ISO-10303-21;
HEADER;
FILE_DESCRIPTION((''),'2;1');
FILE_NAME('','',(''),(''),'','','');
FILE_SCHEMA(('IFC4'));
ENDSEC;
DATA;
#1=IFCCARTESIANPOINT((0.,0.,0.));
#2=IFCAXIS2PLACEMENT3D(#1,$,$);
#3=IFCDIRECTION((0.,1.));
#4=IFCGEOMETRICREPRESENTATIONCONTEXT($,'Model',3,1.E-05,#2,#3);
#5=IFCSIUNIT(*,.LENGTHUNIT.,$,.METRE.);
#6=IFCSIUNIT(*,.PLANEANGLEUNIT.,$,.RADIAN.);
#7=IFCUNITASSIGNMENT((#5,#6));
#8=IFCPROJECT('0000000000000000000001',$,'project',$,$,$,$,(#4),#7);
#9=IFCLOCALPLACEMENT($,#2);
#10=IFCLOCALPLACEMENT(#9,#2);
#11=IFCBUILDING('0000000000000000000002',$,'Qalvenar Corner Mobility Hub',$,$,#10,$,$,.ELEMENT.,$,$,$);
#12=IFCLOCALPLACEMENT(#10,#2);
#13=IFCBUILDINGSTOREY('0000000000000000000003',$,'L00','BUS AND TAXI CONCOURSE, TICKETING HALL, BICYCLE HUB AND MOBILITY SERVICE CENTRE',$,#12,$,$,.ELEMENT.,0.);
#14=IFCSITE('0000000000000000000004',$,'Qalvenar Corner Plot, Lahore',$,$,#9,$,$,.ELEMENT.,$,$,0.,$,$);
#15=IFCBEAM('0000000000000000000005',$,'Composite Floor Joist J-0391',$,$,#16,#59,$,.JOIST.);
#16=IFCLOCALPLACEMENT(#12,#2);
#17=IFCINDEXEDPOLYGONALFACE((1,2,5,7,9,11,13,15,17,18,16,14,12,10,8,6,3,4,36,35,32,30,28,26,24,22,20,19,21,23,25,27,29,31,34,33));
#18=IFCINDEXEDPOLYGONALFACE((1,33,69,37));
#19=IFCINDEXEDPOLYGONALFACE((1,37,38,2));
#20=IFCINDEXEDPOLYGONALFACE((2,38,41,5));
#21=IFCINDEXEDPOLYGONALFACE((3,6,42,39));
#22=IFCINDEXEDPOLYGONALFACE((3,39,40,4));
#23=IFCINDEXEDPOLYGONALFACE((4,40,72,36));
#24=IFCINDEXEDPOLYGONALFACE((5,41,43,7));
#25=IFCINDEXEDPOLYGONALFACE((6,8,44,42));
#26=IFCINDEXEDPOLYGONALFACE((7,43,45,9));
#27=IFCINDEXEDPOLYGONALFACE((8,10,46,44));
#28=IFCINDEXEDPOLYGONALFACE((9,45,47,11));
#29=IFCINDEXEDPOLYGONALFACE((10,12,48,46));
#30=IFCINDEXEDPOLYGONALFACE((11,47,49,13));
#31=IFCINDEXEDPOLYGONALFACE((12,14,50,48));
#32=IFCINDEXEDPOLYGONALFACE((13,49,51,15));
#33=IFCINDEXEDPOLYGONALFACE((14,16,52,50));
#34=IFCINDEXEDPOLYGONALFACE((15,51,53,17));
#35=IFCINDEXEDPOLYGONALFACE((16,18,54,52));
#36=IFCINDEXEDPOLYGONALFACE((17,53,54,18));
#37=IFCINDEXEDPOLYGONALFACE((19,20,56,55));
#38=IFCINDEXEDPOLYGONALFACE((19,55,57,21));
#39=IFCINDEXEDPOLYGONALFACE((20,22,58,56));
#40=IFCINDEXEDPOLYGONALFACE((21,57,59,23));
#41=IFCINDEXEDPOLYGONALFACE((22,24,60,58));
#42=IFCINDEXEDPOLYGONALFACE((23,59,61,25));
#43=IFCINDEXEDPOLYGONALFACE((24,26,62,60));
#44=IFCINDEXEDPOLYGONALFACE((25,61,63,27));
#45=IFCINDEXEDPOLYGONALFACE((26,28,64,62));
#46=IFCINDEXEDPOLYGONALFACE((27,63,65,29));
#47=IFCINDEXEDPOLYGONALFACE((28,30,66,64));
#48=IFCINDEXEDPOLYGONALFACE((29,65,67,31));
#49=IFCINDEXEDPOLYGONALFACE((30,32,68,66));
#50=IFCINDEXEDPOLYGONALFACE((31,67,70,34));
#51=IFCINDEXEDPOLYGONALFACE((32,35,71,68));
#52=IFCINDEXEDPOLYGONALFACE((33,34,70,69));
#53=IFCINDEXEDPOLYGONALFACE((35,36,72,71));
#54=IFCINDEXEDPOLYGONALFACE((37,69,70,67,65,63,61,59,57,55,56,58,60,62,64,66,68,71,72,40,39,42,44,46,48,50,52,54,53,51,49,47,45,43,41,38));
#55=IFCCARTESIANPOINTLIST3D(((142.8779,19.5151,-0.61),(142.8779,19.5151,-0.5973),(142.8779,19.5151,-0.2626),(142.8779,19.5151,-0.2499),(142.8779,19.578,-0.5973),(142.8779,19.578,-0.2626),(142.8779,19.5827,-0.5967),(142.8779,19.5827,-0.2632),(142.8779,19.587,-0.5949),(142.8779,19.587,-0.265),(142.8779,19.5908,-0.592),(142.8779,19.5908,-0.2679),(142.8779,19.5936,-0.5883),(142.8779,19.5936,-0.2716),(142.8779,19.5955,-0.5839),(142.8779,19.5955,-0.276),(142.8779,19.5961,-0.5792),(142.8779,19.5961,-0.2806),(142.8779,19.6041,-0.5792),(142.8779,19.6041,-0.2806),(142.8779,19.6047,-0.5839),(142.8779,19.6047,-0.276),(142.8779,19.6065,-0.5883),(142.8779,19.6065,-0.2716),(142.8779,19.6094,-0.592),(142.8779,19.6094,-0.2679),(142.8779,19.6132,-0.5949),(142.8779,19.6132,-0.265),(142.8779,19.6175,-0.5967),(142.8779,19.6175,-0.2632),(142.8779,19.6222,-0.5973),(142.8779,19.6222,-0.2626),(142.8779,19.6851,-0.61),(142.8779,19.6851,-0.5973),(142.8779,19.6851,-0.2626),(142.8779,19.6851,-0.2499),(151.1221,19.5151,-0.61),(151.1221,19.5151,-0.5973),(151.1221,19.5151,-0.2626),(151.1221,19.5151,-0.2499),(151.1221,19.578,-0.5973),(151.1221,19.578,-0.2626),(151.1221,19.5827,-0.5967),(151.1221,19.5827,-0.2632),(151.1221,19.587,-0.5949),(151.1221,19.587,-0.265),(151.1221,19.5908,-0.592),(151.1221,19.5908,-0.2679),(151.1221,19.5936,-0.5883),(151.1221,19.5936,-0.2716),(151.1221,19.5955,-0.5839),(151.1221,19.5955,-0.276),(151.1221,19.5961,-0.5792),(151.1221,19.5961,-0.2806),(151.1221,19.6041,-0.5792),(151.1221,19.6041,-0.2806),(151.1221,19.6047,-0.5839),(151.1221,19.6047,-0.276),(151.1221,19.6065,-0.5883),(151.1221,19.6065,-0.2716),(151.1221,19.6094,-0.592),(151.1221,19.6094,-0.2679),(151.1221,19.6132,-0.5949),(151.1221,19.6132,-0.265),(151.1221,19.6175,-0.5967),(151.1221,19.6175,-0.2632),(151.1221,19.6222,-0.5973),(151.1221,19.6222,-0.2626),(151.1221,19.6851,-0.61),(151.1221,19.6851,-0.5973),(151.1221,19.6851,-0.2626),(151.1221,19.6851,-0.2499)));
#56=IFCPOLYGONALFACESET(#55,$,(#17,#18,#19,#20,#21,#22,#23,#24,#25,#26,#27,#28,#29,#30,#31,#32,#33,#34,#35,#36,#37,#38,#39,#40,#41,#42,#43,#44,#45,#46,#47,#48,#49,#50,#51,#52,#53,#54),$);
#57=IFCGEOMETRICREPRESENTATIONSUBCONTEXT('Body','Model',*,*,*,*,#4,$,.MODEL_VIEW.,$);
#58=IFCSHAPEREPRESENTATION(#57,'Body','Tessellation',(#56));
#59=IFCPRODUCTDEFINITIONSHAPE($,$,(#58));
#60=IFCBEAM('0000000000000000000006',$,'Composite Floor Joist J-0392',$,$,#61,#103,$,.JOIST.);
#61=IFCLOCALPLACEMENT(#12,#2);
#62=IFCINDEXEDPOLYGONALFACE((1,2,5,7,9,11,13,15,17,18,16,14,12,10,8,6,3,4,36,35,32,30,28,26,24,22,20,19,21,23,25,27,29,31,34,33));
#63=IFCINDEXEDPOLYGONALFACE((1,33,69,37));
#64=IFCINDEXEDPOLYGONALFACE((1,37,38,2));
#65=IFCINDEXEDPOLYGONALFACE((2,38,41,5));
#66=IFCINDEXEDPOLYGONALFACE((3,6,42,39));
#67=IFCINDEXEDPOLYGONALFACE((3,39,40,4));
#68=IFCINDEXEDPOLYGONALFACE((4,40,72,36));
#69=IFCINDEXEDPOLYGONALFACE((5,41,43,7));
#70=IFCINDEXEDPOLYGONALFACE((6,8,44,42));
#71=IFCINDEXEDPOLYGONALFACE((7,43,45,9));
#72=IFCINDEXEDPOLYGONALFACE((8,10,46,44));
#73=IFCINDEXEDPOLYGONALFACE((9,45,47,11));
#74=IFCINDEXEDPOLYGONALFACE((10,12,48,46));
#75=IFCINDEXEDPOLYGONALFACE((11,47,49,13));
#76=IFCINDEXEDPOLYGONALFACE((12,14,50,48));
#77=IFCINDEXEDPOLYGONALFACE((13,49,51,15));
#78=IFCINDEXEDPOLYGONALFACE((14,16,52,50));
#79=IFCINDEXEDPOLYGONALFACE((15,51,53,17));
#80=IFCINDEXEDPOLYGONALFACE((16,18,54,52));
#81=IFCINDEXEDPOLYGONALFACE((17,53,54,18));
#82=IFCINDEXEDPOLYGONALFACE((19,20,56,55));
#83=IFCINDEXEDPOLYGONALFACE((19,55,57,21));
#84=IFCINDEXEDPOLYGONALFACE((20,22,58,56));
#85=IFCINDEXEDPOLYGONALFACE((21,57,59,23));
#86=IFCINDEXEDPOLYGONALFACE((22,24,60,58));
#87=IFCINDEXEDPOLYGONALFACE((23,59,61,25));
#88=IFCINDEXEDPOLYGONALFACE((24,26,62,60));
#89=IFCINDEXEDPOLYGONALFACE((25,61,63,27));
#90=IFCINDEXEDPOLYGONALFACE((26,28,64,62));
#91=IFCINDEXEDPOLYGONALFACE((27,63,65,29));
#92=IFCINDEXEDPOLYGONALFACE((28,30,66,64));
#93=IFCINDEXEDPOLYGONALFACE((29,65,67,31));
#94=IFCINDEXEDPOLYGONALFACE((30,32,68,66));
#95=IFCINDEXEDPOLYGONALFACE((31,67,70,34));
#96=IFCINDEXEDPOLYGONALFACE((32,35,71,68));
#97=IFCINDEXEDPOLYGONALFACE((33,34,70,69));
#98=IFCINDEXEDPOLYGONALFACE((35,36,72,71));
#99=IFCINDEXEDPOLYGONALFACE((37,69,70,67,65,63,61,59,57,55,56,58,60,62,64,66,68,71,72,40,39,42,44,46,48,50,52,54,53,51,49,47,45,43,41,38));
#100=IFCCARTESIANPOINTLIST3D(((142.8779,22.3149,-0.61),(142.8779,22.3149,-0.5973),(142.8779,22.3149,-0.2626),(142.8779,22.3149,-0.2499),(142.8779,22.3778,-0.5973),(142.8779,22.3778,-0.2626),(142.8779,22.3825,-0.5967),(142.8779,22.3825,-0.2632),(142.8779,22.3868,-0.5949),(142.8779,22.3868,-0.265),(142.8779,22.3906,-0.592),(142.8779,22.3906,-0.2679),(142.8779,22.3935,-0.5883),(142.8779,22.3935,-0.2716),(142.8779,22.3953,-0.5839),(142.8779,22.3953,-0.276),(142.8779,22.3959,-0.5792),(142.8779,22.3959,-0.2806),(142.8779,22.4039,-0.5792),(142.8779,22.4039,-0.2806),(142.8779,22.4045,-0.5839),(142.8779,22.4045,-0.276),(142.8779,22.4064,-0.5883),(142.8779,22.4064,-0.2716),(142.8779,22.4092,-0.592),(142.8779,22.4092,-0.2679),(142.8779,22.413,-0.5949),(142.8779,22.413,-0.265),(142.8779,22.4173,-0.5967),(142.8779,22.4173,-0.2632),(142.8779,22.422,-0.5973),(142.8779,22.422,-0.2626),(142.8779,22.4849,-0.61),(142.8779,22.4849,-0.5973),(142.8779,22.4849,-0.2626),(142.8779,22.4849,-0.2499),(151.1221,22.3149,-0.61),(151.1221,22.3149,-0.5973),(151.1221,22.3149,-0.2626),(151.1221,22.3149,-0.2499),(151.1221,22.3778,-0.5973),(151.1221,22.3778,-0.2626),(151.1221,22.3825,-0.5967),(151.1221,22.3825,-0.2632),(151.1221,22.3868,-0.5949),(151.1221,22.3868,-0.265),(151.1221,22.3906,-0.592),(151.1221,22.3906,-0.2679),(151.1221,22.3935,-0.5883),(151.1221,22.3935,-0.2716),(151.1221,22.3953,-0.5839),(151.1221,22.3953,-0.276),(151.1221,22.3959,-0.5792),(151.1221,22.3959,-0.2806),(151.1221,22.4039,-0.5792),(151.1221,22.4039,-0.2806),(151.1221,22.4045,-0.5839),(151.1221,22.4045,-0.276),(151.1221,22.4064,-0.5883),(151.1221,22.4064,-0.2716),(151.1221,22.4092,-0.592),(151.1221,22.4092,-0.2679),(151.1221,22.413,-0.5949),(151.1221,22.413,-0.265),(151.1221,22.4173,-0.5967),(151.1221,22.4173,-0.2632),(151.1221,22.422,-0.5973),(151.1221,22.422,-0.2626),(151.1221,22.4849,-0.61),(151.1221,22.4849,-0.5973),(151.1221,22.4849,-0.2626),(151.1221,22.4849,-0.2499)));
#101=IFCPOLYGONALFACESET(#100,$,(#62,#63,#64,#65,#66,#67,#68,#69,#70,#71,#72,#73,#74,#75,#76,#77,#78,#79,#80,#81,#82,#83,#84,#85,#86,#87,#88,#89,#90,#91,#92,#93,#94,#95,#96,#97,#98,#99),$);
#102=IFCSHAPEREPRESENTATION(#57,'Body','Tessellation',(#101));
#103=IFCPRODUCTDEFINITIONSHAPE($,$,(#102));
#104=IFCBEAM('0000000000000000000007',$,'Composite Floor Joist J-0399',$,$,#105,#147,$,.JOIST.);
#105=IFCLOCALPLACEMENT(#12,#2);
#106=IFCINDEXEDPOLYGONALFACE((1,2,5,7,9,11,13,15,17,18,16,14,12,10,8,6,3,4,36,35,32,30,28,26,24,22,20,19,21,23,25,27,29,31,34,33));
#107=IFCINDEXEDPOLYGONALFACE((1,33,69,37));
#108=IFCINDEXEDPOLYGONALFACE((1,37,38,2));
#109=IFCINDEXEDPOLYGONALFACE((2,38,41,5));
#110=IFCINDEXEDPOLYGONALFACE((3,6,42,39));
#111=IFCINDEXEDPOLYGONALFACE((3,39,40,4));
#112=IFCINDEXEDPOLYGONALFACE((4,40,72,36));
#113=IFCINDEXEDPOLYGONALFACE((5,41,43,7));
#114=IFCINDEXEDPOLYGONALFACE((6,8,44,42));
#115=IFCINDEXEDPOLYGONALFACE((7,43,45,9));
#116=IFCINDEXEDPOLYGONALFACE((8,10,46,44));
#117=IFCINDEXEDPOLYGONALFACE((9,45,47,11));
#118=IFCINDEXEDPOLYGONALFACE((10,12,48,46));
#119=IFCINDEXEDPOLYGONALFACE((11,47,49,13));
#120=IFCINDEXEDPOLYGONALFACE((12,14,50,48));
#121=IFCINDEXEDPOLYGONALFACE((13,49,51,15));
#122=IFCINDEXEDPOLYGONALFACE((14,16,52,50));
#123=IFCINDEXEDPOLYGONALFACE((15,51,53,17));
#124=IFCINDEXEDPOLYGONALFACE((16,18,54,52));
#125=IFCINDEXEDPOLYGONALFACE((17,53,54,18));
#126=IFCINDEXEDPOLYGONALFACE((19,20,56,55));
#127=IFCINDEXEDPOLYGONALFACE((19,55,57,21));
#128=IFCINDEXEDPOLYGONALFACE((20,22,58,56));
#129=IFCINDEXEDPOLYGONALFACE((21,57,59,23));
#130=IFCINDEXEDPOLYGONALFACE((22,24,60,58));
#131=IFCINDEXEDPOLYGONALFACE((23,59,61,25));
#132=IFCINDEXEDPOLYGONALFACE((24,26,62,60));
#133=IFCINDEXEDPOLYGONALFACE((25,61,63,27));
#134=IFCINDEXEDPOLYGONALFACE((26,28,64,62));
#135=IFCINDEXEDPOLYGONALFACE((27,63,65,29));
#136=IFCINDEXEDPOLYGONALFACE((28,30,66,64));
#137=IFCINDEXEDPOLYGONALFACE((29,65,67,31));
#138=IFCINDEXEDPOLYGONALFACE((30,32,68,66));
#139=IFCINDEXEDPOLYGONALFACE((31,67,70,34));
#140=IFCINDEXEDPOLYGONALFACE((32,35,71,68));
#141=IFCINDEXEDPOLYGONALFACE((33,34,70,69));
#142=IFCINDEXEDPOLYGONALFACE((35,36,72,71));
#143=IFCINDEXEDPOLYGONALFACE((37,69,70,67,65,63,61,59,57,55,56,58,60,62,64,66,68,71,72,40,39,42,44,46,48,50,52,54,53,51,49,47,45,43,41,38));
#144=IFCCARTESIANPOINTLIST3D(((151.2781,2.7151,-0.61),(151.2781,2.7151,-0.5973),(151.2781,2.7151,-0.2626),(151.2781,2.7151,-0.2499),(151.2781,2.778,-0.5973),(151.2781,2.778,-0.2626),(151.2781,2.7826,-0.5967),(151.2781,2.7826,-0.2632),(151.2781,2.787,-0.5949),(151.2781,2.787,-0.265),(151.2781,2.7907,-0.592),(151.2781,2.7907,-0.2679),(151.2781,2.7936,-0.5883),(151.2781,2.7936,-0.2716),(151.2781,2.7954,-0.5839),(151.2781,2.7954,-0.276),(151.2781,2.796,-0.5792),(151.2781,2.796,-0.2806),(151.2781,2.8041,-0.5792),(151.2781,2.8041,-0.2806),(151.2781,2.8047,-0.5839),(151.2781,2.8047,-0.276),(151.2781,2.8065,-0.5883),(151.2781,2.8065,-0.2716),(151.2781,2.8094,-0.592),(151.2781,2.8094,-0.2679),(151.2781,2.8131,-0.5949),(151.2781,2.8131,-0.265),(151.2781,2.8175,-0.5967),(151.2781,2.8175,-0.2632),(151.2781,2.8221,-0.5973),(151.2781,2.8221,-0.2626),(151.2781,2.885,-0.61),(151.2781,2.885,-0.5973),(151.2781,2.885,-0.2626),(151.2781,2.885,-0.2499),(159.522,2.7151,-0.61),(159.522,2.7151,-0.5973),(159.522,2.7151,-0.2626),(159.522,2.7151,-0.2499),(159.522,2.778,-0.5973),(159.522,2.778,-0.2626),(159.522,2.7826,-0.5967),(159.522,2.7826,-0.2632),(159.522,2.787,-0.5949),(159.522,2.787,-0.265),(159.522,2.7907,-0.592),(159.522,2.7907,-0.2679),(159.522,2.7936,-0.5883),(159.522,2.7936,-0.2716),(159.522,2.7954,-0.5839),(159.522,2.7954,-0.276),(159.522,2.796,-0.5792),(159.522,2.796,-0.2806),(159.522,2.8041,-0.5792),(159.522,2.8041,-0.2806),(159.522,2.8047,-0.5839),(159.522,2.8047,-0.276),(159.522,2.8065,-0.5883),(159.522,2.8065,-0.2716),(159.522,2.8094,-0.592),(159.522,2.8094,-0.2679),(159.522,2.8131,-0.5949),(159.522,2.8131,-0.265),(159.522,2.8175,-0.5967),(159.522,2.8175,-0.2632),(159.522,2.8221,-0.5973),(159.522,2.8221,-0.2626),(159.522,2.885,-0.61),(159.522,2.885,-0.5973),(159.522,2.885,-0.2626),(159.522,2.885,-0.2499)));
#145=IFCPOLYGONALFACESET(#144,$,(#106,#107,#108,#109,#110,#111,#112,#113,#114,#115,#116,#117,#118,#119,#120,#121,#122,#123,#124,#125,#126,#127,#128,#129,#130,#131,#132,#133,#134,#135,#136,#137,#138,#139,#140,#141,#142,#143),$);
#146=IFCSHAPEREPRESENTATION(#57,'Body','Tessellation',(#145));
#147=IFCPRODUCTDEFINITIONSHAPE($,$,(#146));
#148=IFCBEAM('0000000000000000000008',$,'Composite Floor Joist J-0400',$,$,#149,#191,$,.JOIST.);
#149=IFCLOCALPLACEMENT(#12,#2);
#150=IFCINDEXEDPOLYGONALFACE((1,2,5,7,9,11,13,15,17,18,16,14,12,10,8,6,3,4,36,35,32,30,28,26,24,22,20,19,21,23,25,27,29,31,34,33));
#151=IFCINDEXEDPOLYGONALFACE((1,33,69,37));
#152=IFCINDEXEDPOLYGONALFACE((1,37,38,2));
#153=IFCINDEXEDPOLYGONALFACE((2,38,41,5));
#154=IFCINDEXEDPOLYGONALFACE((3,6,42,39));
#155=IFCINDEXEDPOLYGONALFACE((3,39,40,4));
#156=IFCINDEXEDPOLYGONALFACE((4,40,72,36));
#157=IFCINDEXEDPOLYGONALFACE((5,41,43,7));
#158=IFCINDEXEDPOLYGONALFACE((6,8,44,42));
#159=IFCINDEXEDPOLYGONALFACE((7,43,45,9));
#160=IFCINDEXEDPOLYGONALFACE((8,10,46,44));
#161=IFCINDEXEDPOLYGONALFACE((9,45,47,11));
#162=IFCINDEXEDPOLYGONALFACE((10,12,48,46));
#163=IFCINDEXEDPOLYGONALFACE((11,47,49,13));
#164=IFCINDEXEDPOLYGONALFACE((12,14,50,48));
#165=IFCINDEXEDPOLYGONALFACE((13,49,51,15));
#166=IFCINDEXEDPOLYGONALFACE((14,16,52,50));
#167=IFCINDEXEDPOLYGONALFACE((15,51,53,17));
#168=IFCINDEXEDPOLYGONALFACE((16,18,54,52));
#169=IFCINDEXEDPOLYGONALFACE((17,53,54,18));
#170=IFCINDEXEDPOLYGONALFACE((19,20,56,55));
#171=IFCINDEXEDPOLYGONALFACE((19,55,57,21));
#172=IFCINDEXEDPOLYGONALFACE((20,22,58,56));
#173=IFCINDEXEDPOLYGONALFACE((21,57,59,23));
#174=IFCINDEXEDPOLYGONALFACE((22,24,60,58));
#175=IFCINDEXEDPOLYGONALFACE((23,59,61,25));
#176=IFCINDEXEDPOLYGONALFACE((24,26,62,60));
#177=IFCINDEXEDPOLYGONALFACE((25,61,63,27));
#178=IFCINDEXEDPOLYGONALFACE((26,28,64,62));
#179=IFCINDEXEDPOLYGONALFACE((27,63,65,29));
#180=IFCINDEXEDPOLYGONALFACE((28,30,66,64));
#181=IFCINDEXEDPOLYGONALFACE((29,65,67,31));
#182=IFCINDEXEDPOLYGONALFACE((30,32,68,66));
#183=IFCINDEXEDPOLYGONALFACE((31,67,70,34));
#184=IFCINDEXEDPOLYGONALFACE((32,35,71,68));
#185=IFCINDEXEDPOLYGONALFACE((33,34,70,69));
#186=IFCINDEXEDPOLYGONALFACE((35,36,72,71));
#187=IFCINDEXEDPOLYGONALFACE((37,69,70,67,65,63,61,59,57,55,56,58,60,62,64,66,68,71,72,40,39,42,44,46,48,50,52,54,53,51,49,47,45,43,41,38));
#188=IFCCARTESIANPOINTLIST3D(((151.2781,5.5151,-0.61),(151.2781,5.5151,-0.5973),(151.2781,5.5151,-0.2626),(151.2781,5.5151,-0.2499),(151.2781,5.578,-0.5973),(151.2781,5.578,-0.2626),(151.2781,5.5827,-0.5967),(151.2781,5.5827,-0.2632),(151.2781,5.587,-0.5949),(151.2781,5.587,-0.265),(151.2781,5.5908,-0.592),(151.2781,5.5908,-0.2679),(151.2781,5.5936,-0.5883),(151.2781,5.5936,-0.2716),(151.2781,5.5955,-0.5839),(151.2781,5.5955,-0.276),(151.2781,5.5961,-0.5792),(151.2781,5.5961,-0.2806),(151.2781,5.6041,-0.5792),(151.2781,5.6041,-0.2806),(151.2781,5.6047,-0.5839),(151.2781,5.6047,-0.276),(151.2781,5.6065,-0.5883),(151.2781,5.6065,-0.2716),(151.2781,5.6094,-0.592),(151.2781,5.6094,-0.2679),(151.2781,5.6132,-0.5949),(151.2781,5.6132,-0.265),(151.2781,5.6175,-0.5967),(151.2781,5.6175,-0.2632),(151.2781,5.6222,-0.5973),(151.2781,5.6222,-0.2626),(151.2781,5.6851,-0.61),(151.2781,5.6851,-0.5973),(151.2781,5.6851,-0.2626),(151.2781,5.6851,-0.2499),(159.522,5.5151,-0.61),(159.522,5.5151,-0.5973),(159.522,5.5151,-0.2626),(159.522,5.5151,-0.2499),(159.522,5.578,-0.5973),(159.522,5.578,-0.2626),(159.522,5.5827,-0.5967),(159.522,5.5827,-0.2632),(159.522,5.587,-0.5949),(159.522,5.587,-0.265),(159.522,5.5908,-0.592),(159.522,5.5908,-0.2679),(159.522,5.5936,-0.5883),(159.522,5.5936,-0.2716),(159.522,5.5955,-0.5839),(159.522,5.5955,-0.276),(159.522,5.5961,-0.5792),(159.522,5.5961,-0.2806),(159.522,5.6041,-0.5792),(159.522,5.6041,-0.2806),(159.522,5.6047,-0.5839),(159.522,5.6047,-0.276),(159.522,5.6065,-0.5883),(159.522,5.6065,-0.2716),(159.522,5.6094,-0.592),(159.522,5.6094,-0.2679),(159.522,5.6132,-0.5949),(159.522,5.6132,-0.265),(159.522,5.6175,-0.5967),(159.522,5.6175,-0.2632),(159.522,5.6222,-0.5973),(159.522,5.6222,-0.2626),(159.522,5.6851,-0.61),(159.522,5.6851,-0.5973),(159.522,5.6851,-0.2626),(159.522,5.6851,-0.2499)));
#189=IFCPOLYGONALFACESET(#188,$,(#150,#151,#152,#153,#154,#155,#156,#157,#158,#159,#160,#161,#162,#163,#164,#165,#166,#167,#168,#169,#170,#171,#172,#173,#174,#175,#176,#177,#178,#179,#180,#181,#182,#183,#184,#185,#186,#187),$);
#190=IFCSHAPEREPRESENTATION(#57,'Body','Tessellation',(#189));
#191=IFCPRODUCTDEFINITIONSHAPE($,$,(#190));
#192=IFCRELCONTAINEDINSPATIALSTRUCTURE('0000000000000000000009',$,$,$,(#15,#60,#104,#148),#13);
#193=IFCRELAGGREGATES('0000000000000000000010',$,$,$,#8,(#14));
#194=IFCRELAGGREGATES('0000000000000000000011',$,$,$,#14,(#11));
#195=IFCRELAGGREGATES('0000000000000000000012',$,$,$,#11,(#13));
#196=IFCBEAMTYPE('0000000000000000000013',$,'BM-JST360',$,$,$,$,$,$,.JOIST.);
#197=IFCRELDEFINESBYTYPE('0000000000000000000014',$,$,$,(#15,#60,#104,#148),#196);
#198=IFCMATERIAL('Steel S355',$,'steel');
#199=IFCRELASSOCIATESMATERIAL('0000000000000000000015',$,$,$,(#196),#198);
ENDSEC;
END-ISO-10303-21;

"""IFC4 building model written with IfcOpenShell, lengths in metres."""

from ifc_helpers import new_model, si_unit, direction, frame, origin, origin_2d, place, context, subcontext, project, spatial, i_section, extrude, material, material_profile, profile_set, type_object, element, save


model = new_model("IFC4")

# Units and contexts
model_context = context("Model", 3, precision=1e-05, world=origin(), true_north=direction((0.0, 1.0)))
body_context = subcontext(model_context, "Body", "Model", "MODEL_VIEW")
ifc_project = project(units=[si_unit("LENGTHUNIT", "METRE"), si_unit("PLANEANGLEUNIT", "RADIAN")], contexts=[model_context])

# Site, building, storey
site_placement = place(None, origin())
site = spatial("IfcSite", under=ifc_project, at=site_placement, Name="Qalvenar Corner Plot, Lahore", CompositionType="ELEMENT", RefElevation=0.0)
building_placement = place(site_placement, origin())
building = spatial("IfcBuilding", under=site, at=building_placement, Name="Qalvenar Corner Mobility Hub", CompositionType="ELEMENT")
storey_placement = place(building_placement, origin())
storey = spatial("IfcBuildingStorey", under=building, at=storey_placement, Name="L00", Description="BUS AND TAXI CONCOURSE, TICKETING HALL, BICYCLE HUB AND MOBILITY SERVICE CENTRE", CompositionType="ELEMENT", Elevation=0.0)

# Shared definitions
ifc_material = material(Name="Steel S355", Category="steel")

# Beams
ifc_material_profile_1 = material_profile(ifc_material, i_section(OverallWidth=0.1699, OverallDepth=0.3601, WebThickness=0.0081, FlangeThickness=0.0127, FilletRadius=0.0181, at=origin_2d()), Name="IPE360")
ifc_profile_set_1 = profile_set([ifc_material_profile_1], Name="Steel S355")
beam_type_1 = type_object("IfcBeamType", Name="BM-JST360", PredefinedType="JOIST", material=ifc_profile_set_1)
for number, where, z_axis, x_axis, name in (
    (1, (142.8779, 19.6001, -0.4299), (1.0, 0.0, 0.0), (0.0, 1.0, 0.0), "Composite Floor Joist J-0391"),
    (2, (142.8779, 22.3999, -0.4299), (1.0, 0.0, 0.0), (0.0, 1.0, 0.0), "Composite Floor Joist J-0392"),
):
    element("IfcBeam", number, at=place(storey_placement, frame(where, z_axis=z_axis, x_axis=x_axis)), inside=storey, type_object=beam_type_1, Name=name, PredefinedType="JOIST", context=body_context, shape_type="SweptSolid", body=[
        extrude(i_section(OverallWidth=0.1699, OverallDepth=0.3601, WebThickness=0.0081, FlangeThickness=0.0127, FilletRadius=0.0181, at=origin_2d()), origin(), (0.0, 0.0, 1.0), 8.2441),
    ])
for number, where, z_axis, x_axis, name in (
    (3, (151.2781, 2.8, -0.4299), (1.0, 0.0, 0.0), (0.0, 1.0, 0.0), "Composite Floor Joist J-0399"),
    (4, (151.2781, 5.6001, -0.4299), (1.0, 0.0, 0.0), (0.0, 1.0, 0.0), "Composite Floor Joist J-0400"),
):
    element("IfcBeam", number, at=place(storey_placement, frame(where, z_axis=z_axis, x_axis=x_axis)), inside=storey, type_object=beam_type_1, Name=name, PredefinedType="JOIST", context=body_context, shape_type="SweptSolid", body=[
        extrude(i_section(OverallWidth=0.1699, OverallDepth=0.3601, WebThickness=0.0081, FlangeThickness=0.0127, FilletRadius=0.0181, at=origin_2d()), origin(), (0.0, 0.0, 1.0), 8.2439),
    ])

save(model, "model.ifc")
